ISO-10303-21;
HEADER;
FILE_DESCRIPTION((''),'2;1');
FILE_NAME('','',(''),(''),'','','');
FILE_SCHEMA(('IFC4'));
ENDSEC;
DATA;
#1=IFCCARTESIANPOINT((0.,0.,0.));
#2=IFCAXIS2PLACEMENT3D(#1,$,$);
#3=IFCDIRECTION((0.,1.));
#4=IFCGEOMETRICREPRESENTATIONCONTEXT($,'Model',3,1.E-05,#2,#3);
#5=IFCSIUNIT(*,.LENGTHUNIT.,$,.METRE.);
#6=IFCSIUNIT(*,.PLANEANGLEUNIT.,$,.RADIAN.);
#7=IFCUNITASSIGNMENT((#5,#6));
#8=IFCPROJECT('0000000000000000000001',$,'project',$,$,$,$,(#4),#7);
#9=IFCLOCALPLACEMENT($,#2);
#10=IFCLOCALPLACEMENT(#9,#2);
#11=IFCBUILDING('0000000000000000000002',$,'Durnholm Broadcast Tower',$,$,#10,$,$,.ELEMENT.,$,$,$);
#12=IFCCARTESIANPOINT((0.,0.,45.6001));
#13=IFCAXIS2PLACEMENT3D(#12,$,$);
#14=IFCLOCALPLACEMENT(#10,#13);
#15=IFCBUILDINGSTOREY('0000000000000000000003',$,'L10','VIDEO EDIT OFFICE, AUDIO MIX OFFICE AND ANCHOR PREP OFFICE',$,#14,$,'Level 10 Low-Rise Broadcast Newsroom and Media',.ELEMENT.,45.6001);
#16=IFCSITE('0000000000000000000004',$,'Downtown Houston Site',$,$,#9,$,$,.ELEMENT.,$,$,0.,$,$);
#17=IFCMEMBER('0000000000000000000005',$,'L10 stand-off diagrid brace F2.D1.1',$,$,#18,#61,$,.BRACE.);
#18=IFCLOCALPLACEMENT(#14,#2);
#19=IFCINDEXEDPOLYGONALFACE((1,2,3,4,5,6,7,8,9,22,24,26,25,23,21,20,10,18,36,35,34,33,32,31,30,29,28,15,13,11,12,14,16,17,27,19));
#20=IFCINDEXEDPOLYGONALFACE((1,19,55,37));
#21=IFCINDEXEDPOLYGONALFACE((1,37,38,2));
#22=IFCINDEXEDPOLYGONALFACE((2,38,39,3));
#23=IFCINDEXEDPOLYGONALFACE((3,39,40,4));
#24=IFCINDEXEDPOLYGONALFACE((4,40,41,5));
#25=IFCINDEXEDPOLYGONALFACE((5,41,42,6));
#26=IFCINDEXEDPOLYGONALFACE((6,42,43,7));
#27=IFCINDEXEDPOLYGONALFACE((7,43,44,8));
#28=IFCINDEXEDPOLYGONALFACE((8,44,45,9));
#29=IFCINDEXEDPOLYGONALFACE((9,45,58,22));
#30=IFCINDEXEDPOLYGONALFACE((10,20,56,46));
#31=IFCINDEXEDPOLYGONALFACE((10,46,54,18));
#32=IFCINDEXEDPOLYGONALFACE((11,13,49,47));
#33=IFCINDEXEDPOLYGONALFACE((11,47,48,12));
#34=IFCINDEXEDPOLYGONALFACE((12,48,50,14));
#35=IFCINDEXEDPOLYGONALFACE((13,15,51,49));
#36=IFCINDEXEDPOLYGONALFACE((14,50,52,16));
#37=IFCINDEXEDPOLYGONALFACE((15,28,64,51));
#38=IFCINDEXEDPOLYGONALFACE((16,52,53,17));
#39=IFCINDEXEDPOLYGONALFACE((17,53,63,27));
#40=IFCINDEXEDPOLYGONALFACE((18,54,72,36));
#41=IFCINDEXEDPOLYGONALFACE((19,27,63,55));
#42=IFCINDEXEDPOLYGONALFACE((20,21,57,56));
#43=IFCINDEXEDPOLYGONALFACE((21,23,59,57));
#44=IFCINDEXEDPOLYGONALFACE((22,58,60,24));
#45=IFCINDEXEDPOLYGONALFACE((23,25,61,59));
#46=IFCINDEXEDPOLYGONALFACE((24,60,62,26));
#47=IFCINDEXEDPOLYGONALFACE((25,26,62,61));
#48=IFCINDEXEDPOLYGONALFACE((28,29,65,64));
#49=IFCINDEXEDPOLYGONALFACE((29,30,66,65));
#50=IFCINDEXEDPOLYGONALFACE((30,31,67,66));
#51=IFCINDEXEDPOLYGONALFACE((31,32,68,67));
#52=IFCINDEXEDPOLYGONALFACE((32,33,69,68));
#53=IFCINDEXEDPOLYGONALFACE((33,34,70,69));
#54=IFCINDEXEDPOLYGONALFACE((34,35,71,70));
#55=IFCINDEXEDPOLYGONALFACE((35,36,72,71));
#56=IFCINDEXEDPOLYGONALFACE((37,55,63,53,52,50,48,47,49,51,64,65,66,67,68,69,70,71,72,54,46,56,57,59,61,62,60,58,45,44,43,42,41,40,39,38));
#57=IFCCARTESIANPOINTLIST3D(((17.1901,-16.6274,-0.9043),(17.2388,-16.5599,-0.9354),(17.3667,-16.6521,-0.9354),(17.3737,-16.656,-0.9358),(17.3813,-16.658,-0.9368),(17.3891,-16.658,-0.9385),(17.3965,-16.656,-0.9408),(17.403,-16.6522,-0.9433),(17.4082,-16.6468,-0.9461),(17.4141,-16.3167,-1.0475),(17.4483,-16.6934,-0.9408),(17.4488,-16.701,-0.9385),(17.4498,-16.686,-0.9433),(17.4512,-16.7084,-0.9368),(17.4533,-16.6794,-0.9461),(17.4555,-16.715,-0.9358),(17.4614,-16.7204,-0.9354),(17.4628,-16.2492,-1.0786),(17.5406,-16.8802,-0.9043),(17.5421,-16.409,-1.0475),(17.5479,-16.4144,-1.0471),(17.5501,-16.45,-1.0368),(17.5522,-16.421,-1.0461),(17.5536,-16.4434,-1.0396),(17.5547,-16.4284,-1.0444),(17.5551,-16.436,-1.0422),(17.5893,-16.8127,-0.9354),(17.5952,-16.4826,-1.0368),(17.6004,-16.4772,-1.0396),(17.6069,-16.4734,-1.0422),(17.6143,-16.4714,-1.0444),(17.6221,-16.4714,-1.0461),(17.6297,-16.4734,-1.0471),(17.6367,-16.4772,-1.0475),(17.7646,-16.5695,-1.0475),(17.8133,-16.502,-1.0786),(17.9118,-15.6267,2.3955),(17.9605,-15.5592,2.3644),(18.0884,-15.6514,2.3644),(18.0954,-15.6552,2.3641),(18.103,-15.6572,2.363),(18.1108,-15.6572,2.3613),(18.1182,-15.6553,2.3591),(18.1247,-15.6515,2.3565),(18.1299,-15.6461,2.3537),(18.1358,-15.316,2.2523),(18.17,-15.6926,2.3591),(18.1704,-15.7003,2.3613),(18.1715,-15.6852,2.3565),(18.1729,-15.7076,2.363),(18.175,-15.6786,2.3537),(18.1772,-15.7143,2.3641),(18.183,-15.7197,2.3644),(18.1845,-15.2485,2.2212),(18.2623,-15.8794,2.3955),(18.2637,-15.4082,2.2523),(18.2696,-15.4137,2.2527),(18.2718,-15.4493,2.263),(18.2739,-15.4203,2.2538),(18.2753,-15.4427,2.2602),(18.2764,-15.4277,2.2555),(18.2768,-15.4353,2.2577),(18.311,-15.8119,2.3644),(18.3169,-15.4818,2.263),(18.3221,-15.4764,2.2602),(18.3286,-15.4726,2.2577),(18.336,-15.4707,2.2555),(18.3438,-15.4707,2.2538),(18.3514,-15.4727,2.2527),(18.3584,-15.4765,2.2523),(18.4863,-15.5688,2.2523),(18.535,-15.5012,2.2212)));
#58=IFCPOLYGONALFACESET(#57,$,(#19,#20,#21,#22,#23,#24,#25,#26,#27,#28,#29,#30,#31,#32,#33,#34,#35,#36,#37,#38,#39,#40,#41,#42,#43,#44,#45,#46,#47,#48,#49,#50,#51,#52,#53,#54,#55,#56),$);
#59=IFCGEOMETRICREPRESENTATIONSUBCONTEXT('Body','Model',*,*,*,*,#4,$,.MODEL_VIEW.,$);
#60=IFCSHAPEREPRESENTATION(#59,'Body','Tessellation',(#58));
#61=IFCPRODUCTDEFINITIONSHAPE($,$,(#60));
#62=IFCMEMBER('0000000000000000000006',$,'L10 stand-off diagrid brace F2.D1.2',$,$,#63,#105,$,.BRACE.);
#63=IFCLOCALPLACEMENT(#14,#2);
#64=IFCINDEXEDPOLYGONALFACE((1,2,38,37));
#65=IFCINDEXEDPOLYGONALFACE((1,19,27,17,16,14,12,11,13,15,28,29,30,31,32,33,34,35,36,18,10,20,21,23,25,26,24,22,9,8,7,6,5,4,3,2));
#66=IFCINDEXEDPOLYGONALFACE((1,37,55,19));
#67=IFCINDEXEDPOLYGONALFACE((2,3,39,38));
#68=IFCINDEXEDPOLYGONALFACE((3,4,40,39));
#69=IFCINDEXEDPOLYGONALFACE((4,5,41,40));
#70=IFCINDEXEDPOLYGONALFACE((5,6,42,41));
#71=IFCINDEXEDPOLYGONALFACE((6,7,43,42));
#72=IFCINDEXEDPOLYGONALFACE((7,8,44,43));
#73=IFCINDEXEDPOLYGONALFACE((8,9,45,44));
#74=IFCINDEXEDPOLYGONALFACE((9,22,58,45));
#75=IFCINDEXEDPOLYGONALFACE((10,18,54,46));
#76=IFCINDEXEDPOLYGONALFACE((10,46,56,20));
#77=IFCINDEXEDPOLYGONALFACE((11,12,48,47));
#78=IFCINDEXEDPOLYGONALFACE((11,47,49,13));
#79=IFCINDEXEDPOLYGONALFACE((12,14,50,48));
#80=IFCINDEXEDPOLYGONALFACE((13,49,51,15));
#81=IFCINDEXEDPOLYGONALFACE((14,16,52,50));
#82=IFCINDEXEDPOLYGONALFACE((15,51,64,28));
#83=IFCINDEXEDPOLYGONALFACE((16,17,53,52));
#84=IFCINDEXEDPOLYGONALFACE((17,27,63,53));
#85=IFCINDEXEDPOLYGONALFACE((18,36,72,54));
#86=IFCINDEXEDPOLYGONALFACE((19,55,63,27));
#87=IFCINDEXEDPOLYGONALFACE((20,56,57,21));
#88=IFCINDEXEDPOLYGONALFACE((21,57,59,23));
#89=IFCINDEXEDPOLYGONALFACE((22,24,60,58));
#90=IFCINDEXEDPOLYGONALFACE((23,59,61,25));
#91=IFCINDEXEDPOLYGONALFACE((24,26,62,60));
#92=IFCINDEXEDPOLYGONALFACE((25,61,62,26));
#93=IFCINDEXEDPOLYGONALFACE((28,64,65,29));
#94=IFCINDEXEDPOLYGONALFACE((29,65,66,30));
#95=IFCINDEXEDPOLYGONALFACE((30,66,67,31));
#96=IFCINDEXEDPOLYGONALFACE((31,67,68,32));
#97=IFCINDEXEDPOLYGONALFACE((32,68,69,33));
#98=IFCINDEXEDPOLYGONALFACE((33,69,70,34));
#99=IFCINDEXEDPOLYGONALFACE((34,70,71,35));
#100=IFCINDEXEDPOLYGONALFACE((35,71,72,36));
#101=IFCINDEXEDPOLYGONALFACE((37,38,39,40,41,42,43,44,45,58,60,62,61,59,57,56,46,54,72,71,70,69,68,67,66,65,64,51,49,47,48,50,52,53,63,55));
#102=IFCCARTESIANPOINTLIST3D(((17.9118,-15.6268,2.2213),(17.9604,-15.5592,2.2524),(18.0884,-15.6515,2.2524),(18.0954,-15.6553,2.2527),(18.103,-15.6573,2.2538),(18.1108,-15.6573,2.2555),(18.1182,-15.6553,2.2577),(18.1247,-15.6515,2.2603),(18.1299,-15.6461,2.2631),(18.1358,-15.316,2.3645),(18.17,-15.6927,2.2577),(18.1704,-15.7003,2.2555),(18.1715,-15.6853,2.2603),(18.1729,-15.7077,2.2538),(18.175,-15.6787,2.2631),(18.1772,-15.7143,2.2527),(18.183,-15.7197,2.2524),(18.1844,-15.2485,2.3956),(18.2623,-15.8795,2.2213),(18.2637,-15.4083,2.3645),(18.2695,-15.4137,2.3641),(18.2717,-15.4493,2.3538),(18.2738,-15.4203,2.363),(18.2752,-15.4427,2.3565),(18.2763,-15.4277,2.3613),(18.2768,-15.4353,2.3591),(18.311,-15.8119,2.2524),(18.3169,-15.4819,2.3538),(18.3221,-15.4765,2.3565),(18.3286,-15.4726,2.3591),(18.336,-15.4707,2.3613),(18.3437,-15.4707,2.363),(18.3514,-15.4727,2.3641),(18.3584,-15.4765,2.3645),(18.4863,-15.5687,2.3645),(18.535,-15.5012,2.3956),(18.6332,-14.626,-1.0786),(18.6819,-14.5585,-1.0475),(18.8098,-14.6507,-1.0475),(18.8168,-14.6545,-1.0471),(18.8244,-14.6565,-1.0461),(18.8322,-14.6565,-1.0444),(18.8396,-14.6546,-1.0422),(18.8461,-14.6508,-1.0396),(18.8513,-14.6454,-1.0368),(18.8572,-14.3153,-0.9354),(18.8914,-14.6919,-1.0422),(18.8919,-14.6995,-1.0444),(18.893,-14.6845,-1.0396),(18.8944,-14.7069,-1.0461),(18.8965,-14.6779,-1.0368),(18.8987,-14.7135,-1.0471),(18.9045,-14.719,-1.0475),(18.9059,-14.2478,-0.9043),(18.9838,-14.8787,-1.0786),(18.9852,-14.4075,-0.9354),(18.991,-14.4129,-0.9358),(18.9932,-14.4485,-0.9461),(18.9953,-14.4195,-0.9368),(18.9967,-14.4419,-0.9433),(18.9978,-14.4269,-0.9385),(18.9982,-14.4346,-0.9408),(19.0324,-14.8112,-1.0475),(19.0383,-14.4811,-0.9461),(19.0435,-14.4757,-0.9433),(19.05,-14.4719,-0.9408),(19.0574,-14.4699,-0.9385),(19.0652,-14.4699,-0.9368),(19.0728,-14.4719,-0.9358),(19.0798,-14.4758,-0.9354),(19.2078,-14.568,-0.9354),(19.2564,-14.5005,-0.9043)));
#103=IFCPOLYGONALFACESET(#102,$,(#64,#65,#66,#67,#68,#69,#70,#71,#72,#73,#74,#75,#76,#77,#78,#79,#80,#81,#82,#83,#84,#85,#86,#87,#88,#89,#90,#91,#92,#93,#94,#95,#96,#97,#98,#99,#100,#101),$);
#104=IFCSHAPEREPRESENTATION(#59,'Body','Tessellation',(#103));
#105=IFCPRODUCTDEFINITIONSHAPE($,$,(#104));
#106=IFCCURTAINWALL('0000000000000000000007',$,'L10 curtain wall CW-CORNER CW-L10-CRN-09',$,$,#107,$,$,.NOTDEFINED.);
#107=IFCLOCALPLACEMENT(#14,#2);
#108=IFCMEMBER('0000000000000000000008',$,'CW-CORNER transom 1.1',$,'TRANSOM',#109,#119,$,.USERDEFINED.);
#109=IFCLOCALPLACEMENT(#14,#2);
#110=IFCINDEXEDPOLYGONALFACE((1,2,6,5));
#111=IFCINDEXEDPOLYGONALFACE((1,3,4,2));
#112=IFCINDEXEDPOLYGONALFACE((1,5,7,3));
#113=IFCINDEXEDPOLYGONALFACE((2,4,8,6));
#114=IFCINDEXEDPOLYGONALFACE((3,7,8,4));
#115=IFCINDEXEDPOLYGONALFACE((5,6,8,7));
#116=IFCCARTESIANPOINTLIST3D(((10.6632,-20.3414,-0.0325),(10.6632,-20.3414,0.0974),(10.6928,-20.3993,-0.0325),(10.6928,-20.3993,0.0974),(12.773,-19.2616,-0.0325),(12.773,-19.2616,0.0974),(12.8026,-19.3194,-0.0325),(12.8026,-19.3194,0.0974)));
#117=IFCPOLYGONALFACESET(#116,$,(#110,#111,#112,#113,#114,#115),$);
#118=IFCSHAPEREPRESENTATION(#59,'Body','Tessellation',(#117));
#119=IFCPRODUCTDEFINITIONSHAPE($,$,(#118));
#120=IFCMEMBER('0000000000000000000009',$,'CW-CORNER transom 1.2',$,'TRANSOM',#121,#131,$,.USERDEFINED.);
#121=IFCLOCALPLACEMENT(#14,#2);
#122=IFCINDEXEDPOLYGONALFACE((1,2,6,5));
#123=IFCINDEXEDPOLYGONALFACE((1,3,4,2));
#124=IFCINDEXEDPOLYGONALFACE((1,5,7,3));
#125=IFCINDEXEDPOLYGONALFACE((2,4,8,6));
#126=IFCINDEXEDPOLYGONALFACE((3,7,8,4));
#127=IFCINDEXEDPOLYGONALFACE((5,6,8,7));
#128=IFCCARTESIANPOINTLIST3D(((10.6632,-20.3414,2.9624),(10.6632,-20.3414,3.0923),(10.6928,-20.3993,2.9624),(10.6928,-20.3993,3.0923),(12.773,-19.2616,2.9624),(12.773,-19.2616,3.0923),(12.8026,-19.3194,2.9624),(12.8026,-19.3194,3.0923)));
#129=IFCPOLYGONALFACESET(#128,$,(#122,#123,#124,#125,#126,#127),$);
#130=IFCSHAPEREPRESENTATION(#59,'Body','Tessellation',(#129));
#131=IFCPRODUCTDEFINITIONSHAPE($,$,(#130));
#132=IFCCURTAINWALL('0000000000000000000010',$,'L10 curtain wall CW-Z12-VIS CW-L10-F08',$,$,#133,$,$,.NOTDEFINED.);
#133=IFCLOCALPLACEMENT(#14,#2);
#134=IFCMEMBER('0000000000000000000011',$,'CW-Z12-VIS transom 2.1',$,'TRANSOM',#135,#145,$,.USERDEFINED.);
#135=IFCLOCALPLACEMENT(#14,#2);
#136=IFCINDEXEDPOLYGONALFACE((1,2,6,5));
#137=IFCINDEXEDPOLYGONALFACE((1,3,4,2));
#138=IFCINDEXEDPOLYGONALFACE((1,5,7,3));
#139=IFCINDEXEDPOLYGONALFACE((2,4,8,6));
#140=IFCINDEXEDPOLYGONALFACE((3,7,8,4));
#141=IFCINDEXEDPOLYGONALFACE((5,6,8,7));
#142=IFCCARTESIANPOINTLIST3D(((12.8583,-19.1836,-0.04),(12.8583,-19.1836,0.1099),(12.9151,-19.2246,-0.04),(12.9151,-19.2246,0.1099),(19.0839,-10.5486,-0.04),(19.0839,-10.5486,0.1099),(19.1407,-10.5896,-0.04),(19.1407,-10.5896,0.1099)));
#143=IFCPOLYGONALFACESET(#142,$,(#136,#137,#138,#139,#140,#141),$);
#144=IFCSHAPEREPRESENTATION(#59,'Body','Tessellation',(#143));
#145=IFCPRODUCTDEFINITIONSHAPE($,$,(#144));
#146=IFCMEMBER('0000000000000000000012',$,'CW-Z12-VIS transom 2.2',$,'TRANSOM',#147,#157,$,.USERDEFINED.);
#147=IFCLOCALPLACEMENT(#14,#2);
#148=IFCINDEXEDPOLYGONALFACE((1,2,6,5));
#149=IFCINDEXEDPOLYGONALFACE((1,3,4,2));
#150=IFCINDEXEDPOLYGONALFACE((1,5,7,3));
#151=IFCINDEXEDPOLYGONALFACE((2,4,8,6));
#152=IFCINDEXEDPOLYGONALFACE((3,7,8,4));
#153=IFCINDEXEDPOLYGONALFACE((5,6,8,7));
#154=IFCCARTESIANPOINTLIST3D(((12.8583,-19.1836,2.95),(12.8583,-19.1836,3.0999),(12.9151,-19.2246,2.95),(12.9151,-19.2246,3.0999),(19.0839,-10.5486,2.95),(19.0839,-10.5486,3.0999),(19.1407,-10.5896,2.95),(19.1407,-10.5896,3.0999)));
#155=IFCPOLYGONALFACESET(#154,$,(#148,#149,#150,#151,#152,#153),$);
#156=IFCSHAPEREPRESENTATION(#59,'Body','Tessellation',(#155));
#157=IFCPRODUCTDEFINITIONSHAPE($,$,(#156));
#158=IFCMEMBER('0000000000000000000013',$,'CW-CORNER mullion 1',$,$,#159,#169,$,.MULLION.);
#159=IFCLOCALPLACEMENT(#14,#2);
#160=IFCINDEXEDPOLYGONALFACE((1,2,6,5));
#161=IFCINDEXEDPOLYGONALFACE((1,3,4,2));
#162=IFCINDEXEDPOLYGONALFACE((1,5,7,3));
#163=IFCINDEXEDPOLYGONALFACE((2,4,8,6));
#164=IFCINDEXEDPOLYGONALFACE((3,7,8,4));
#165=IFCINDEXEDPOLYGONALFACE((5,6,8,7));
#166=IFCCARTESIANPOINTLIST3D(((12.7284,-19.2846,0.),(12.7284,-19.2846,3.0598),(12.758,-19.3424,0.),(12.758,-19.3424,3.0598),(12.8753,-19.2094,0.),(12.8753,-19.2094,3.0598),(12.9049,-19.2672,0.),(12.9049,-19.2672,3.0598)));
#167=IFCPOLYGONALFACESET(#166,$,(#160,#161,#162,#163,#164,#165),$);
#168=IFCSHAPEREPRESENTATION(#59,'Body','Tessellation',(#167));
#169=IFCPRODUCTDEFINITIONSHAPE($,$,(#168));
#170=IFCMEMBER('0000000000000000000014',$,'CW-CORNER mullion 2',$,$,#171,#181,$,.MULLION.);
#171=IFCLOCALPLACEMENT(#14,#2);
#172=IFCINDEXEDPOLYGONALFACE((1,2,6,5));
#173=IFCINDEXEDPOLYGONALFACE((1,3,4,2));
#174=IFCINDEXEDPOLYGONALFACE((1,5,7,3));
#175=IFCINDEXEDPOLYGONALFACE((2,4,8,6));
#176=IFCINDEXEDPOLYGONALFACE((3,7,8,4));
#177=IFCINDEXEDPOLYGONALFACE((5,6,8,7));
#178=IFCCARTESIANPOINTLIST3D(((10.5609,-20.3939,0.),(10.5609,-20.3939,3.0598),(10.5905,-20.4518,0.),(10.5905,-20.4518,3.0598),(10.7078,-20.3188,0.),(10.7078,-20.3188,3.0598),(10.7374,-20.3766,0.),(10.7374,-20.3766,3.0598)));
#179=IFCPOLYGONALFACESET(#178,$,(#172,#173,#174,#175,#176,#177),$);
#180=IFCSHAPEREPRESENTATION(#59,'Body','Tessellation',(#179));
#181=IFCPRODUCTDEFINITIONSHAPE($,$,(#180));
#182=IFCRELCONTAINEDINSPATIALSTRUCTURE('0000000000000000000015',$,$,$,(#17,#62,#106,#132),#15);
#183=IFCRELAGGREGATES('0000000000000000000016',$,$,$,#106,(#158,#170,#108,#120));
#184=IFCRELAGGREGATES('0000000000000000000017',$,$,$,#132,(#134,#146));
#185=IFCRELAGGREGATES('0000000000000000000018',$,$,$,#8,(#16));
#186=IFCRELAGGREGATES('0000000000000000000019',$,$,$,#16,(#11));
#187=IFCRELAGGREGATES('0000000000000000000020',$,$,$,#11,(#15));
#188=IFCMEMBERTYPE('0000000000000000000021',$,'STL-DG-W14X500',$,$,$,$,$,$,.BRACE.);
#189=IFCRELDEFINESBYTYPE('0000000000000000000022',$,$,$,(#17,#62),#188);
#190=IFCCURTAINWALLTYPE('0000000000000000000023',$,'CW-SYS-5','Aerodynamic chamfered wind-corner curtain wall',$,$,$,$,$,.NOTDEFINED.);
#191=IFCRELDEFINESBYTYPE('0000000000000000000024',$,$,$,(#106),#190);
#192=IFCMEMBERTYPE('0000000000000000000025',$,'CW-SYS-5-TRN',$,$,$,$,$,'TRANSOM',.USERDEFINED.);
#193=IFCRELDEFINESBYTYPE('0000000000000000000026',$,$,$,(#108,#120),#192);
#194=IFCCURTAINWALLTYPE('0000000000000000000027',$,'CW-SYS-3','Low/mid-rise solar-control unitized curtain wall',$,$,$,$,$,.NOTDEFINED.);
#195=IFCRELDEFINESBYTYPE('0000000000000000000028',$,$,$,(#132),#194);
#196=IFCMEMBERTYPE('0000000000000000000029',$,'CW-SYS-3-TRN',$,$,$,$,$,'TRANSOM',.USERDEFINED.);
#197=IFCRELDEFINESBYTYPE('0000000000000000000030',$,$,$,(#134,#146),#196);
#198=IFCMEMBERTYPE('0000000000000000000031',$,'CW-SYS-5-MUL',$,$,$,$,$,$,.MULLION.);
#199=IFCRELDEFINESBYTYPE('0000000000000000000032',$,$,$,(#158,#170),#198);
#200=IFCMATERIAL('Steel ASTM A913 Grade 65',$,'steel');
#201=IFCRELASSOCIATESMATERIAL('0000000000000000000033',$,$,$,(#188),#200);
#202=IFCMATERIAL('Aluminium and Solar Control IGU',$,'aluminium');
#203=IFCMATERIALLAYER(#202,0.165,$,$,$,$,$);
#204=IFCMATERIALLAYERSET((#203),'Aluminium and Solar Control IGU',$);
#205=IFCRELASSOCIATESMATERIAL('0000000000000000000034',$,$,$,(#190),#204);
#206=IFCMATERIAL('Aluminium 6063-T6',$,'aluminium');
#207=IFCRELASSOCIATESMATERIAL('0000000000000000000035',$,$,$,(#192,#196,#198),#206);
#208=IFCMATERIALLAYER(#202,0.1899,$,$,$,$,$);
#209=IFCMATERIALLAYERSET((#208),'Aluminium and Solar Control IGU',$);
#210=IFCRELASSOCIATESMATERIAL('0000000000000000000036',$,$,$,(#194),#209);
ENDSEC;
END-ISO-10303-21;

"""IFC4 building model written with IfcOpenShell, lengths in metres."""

from ifc_helpers import new_model, si_unit, direction, frame, origin, origin_2d, place, context, subcontext, project, spatial, rectangle, i_section, extrude, source, transform, mapped, material, layer, layer_set, material_profile, profile_set, type_object, type_shapes, element, aggregate, save


model = new_model("IFC4")

# Units and contexts
model_context = context("Model", 3, precision=1e-05, world=origin(), true_north=direction((0.0, 1.0)))
body_context = subcontext(model_context, "Body", "Model", "MODEL_VIEW")
ifc_project = project(units=[si_unit("LENGTHUNIT", "METRE"), si_unit("PLANEANGLEUNIT", "RADIAN")], contexts=[model_context])

# Site, building, storey
site_placement = place(None, origin())
site = spatial("IfcSite", under=ifc_project, at=site_placement, Name="Downtown Houston Site", CompositionType="ELEMENT", RefElevation=0.0)
building_placement = place(site_placement, origin())
building = spatial("IfcBuilding", under=site, at=building_placement, Name="Durnholm Broadcast Tower", CompositionType="ELEMENT")
storey_placement = place(building_placement, frame((0.0, 0.0, 45.6001)))
storey = spatial("IfcBuildingStorey", under=building, at=storey_placement, Name="L10", Description="VIDEO EDIT OFFICE, AUDIO MIX OFFICE AND ANCHOR PREP OFFICE", LongName="Level 10 Low-Rise Broadcast Newsroom and Media", CompositionType="ELEMENT", Elevation=45.6001)

# Members
ifc_material_1 = material(Name="Steel ASTM A913 Grade 65", Category="steel")
ifc_material_profile_1 = material_profile(ifc_material_1, i_section(OverallWidth=0.4321, OverallDepth=0.4978, WebThickness=0.0557, FlangeThickness=0.0889, FilletRadius=0.0305, at=origin_2d()), Name="W14X500")
ifc_profile_set_1 = profile_set([ifc_material_profile_1], Name="Steel ASTM A913 Grade 65")
member_type_1 = type_object("IfcMemberType", Name="STL-DG-W14X500", PredefinedType="BRACE", material=ifc_profile_set_1)
shared_shape_1 = source(origin(), body_context, "Body", "SweptSolid", [
    extrude(i_section(OverallWidth=0.4321, OverallDepth=0.4978, WebThickness=0.0557, FlangeThickness=0.0889, FilletRadius=0.0305, at=origin_2d()), origin(), (0.0, 0.0, 1.0), 3.5229),
])
type_shapes(member_type_1, [shared_shape_1])
for number, where, z_axis, x_axis, name in (
    (1, (17.5017, -16.5647, -0.9915), (0.204852, 0.284063, 0.936666), (-0.811091, 0.58492, 0.0), "L10 stand-off diagrid brace F2.D1.1"),
    (2, (18.9448, -14.5632, -0.9915), (-0.204786, -0.284067, 0.93668), (0.811185, -0.584789, 0.0), "L10 stand-off diagrid brace F2.D1.2"),
):
    element("IfcMember", number, at=place(storey_placement, frame(where, z_axis=z_axis, x_axis=x_axis)), inside=storey, type_object=member_type_1, Name=name, PredefinedType="BRACE", context=body_context, shape_type="MappedRepresentation", body=[
        mapped(shared_shape_1, transform((0.0, 0.0, 0.0), x_axis=(1.0, 0.0, 0.0), y_axis=(0.0, 1.0, 0.0), z_axis=(0.0, 0.0, 1.0), scale=1.0)),
    ])

# Curtain walls, members
ifc_material_2 = material(Name="Aluminium and Solar Control IGU", Category="aluminium")
ifc_layer_1 = layer(ifc_material_2, 0.165)
ifc_layer_set_1 = layer_set([ifc_layer_1], Name="Aluminium and Solar Control IGU")
curtain_wall_type_1 = type_object("IfcCurtainWallType", Name="CW-SYS-5", Description="Aerodynamic chamfered wind-corner curtain wall", PredefinedType="NOTDEFINED", material=ifc_layer_set_1)
curtain_wall_1_placement = place(storey_placement, origin())
curtain_wall_1 = element("IfcCurtainWall", 3, at=curtain_wall_1_placement, inside=storey, type_object=curtain_wall_type_1, Name="L10 curtain wall CW-CORNER CW-L10-CRN-09", PredefinedType="NOTDEFINED")
ifc_material_3 = material(Name="Aluminium 6063-T6", Category="aluminium")
ifc_material_profile_2 = material_profile(ifc_material_3, rectangle(XDim=0.0649, YDim=0.1299, at=origin_2d()), Name="CWT65X130")
ifc_profile_set_2 = profile_set([ifc_material_profile_2], Name="Aluminium 6063-T6")
member_type_2 = type_object("IfcMemberType", Name="CW-SYS-5-TRN", ElementType="TRANSOM", PredefinedType="USERDEFINED", material=ifc_profile_set_2)
shared_shape_2 = source(origin(), body_context, "Body", "SweptSolid", [
    extrude(rectangle(XDim=0.0649, YDim=0.1299, at=origin_2d()), origin(), (0.0, 0.0, 1.0), 2.3701),
])
type_shapes(member_type_2, [shared_shape_2])
member_1_placement = place(storey_placement, frame((12.7878, -19.2905, 0.0325), z_axis=(-0.890185, -0.455599, 0.0), x_axis=(0.455599, -0.890185, 0.0)))
member_1 = element("IfcMember", 4, at=member_1_placement, type_object=member_type_2, Name="CW-CORNER transom 1.1", ObjectType="TRANSOM", PredefinedType="USERDEFINED", context=body_context, shape_type="MappedRepresentation", body=[
    mapped(shared_shape_2, transform((0.0, 0.0, 0.0), x_axis=(1.0, 0.0, 0.0), y_axis=(0.0, 1.0, 0.0), z_axis=(0.0, 0.0, 1.0), scale=1.0)),
])
member_2_placement = place(storey_placement, frame((12.7878, -19.2905, 3.0273), z_axis=(-0.890185, -0.455599, 0.0), x_axis=(0.455599, -0.890185, 0.0)))
member_2 = element("IfcMember", 5, at=member_2_placement, type_object=member_type_2, Name="CW-CORNER transom 1.2", ObjectType="TRANSOM", PredefinedType="USERDEFINED", context=body_context, shape_type="MappedRepresentation", body=[
    mapped(shared_shape_2, transform((0.0, 0.0, 0.0), x_axis=(1.0, 0.0, 0.0), y_axis=(0.0, 1.0, 0.0), z_axis=(0.0, 0.0, 1.0), scale=1.0)),
])
ifc_layer_2 = layer(ifc_material_2, 0.1899)
ifc_layer_set_2 = layer_set([ifc_layer_2], Name="Aluminium and Solar Control IGU")
curtain_wall_type_2 = type_object("IfcCurtainWallType", Name="CW-SYS-3", Description="Low/mid-rise solar-control unitized curtain wall", PredefinedType="NOTDEFINED", material=ifc_layer_set_2)
curtain_wall_2_placement = place(storey_placement, origin())
curtain_wall_2 = element("IfcCurtainWall", 6, at=curtain_wall_2_placement, inside=storey, type_object=curtain_wall_type_2, Name="L10 curtain wall CW-Z12-VIS CW-L10-F08", PredefinedType="NOTDEFINED")
ifc_material_profile_3 = material_profile(ifc_material_3, rectangle(XDim=0.0701, YDim=0.1499, at=origin_2d()), Name="CWT70X150")
ifc_profile_set_3 = profile_set([ifc_material_profile_3], Name="Aluminium 6063-T6")
member_type_3 = type_object("IfcMemberType", Name="CW-SYS-3-TRN", ElementType="TRANSOM", PredefinedType="USERDEFINED", material=ifc_profile_set_3)
shared_shape_3 = source(origin(), body_context, "Body", "SweptSolid", [
    extrude(rectangle(XDim=0.0701, YDim=0.1499, at=origin_2d()), origin(), (0.0, 0.0, 1.0), 10.6453),
])
type_shapes(member_type_3, [shared_shape_3])
member_3_placement = place(storey_placement, frame((19.1123, -10.5691, 0.0349), z_axis=(-0.584823, -0.811161, 0.0), x_axis=(0.811161, -0.584823, 0.0)))
member_3 = element("IfcMember", 7, at=member_3_placement, type_object=member_type_3, Name="CW-Z12-VIS transom 2.1", ObjectType="TRANSOM", PredefinedType="USERDEFINED", context=body_context, shape_type="MappedRepresentation", body=[
    mapped(shared_shape_3, transform((0.0, 0.0, 0.0), x_axis=(1.0, 0.0, 0.0), y_axis=(0.0, 1.0, 0.0), z_axis=(0.0, 0.0, 1.0), scale=1.0)),
])
member_4_placement = place(storey_placement, frame((19.1123, -10.5691, 3.0249), z_axis=(-0.584823, -0.811161, 0.0), x_axis=(0.811161, -0.584823, 0.0)))
member_4 = element("IfcMember", 8, at=member_4_placement, type_object=member_type_3, Name="CW-Z12-VIS transom 2.2", ObjectType="TRANSOM", PredefinedType="USERDEFINED", context=body_context, shape_type="MappedRepresentation", body=[
    mapped(shared_shape_3, transform((0.0, 0.0, 0.0), x_axis=(1.0, 0.0, 0.0), y_axis=(0.0, 1.0, 0.0), z_axis=(0.0, 0.0, 1.0), scale=1.0)),
])

# Members
ifc_material_profile_4 = material_profile(ifc_material_3, rectangle(XDim=0.0649, YDim=0.165, at=origin_2d()), Name="CWM65X165")
ifc_profile_set_4 = profile_set([ifc_material_profile_4], Name="Aluminium 6063-T6")
member_type_4 = type_object("IfcMemberType", Name="CW-SYS-5-MUL", PredefinedType="MULLION", material=ifc_profile_set_4)
shared_shape_4 = source(origin(), body_context, "Body", "SweptSolid", [
    extrude(rectangle(XDim=0.0649, YDim=0.165, at=origin_2d()), origin(), (0.0, 0.0, 1.0), 3.0598),
])
type_shapes(member_type_4, [shared_shape_4])
member_5_placement = place(storey_placement, frame((12.8167, -19.2759, 0.0), z_axis=(0.0, 0.0, 1.0), x_axis=(0.455594, -0.890188, 0.0)))
member_5 = element("IfcMember", 9, at=member_5_placement, type_object=member_type_4, Name="CW-CORNER mullion 1", PredefinedType="MULLION", context=body_context, shape_type="MappedRepresentation", body=[
    mapped(shared_shape_4, transform((0.0, 0.0, 0.0), x_axis=(1.0, 0.0, 0.0), y_axis=(0.0, 1.0, 0.0), z_axis=(0.0, 0.0, 1.0), scale=1.0)),
])
member_6_placement = place(storey_placement, frame((10.6492, -20.3853, 0.0), z_axis=(0.0, 0.0, 1.0), x_axis=(0.455594, -0.890188, 0.0)))
member_6 = element("IfcMember", 10, at=member_6_placement, type_object=member_type_4, Name="CW-CORNER mullion 2", PredefinedType="MULLION", context=body_context, shape_type="MappedRepresentation", body=[
    mapped(shared_shape_4, transform((0.0, 0.0, 0.0), x_axis=(1.0, 0.0, 0.0), y_axis=(0.0, 1.0, 0.0), z_axis=(0.0, 0.0, 1.0), scale=1.0)),
])

aggregate(curtain_wall_1, [member_5, member_6, member_1, member_2])
aggregate(curtain_wall_2, [member_3, member_4])

save(model, "model.ifc")
